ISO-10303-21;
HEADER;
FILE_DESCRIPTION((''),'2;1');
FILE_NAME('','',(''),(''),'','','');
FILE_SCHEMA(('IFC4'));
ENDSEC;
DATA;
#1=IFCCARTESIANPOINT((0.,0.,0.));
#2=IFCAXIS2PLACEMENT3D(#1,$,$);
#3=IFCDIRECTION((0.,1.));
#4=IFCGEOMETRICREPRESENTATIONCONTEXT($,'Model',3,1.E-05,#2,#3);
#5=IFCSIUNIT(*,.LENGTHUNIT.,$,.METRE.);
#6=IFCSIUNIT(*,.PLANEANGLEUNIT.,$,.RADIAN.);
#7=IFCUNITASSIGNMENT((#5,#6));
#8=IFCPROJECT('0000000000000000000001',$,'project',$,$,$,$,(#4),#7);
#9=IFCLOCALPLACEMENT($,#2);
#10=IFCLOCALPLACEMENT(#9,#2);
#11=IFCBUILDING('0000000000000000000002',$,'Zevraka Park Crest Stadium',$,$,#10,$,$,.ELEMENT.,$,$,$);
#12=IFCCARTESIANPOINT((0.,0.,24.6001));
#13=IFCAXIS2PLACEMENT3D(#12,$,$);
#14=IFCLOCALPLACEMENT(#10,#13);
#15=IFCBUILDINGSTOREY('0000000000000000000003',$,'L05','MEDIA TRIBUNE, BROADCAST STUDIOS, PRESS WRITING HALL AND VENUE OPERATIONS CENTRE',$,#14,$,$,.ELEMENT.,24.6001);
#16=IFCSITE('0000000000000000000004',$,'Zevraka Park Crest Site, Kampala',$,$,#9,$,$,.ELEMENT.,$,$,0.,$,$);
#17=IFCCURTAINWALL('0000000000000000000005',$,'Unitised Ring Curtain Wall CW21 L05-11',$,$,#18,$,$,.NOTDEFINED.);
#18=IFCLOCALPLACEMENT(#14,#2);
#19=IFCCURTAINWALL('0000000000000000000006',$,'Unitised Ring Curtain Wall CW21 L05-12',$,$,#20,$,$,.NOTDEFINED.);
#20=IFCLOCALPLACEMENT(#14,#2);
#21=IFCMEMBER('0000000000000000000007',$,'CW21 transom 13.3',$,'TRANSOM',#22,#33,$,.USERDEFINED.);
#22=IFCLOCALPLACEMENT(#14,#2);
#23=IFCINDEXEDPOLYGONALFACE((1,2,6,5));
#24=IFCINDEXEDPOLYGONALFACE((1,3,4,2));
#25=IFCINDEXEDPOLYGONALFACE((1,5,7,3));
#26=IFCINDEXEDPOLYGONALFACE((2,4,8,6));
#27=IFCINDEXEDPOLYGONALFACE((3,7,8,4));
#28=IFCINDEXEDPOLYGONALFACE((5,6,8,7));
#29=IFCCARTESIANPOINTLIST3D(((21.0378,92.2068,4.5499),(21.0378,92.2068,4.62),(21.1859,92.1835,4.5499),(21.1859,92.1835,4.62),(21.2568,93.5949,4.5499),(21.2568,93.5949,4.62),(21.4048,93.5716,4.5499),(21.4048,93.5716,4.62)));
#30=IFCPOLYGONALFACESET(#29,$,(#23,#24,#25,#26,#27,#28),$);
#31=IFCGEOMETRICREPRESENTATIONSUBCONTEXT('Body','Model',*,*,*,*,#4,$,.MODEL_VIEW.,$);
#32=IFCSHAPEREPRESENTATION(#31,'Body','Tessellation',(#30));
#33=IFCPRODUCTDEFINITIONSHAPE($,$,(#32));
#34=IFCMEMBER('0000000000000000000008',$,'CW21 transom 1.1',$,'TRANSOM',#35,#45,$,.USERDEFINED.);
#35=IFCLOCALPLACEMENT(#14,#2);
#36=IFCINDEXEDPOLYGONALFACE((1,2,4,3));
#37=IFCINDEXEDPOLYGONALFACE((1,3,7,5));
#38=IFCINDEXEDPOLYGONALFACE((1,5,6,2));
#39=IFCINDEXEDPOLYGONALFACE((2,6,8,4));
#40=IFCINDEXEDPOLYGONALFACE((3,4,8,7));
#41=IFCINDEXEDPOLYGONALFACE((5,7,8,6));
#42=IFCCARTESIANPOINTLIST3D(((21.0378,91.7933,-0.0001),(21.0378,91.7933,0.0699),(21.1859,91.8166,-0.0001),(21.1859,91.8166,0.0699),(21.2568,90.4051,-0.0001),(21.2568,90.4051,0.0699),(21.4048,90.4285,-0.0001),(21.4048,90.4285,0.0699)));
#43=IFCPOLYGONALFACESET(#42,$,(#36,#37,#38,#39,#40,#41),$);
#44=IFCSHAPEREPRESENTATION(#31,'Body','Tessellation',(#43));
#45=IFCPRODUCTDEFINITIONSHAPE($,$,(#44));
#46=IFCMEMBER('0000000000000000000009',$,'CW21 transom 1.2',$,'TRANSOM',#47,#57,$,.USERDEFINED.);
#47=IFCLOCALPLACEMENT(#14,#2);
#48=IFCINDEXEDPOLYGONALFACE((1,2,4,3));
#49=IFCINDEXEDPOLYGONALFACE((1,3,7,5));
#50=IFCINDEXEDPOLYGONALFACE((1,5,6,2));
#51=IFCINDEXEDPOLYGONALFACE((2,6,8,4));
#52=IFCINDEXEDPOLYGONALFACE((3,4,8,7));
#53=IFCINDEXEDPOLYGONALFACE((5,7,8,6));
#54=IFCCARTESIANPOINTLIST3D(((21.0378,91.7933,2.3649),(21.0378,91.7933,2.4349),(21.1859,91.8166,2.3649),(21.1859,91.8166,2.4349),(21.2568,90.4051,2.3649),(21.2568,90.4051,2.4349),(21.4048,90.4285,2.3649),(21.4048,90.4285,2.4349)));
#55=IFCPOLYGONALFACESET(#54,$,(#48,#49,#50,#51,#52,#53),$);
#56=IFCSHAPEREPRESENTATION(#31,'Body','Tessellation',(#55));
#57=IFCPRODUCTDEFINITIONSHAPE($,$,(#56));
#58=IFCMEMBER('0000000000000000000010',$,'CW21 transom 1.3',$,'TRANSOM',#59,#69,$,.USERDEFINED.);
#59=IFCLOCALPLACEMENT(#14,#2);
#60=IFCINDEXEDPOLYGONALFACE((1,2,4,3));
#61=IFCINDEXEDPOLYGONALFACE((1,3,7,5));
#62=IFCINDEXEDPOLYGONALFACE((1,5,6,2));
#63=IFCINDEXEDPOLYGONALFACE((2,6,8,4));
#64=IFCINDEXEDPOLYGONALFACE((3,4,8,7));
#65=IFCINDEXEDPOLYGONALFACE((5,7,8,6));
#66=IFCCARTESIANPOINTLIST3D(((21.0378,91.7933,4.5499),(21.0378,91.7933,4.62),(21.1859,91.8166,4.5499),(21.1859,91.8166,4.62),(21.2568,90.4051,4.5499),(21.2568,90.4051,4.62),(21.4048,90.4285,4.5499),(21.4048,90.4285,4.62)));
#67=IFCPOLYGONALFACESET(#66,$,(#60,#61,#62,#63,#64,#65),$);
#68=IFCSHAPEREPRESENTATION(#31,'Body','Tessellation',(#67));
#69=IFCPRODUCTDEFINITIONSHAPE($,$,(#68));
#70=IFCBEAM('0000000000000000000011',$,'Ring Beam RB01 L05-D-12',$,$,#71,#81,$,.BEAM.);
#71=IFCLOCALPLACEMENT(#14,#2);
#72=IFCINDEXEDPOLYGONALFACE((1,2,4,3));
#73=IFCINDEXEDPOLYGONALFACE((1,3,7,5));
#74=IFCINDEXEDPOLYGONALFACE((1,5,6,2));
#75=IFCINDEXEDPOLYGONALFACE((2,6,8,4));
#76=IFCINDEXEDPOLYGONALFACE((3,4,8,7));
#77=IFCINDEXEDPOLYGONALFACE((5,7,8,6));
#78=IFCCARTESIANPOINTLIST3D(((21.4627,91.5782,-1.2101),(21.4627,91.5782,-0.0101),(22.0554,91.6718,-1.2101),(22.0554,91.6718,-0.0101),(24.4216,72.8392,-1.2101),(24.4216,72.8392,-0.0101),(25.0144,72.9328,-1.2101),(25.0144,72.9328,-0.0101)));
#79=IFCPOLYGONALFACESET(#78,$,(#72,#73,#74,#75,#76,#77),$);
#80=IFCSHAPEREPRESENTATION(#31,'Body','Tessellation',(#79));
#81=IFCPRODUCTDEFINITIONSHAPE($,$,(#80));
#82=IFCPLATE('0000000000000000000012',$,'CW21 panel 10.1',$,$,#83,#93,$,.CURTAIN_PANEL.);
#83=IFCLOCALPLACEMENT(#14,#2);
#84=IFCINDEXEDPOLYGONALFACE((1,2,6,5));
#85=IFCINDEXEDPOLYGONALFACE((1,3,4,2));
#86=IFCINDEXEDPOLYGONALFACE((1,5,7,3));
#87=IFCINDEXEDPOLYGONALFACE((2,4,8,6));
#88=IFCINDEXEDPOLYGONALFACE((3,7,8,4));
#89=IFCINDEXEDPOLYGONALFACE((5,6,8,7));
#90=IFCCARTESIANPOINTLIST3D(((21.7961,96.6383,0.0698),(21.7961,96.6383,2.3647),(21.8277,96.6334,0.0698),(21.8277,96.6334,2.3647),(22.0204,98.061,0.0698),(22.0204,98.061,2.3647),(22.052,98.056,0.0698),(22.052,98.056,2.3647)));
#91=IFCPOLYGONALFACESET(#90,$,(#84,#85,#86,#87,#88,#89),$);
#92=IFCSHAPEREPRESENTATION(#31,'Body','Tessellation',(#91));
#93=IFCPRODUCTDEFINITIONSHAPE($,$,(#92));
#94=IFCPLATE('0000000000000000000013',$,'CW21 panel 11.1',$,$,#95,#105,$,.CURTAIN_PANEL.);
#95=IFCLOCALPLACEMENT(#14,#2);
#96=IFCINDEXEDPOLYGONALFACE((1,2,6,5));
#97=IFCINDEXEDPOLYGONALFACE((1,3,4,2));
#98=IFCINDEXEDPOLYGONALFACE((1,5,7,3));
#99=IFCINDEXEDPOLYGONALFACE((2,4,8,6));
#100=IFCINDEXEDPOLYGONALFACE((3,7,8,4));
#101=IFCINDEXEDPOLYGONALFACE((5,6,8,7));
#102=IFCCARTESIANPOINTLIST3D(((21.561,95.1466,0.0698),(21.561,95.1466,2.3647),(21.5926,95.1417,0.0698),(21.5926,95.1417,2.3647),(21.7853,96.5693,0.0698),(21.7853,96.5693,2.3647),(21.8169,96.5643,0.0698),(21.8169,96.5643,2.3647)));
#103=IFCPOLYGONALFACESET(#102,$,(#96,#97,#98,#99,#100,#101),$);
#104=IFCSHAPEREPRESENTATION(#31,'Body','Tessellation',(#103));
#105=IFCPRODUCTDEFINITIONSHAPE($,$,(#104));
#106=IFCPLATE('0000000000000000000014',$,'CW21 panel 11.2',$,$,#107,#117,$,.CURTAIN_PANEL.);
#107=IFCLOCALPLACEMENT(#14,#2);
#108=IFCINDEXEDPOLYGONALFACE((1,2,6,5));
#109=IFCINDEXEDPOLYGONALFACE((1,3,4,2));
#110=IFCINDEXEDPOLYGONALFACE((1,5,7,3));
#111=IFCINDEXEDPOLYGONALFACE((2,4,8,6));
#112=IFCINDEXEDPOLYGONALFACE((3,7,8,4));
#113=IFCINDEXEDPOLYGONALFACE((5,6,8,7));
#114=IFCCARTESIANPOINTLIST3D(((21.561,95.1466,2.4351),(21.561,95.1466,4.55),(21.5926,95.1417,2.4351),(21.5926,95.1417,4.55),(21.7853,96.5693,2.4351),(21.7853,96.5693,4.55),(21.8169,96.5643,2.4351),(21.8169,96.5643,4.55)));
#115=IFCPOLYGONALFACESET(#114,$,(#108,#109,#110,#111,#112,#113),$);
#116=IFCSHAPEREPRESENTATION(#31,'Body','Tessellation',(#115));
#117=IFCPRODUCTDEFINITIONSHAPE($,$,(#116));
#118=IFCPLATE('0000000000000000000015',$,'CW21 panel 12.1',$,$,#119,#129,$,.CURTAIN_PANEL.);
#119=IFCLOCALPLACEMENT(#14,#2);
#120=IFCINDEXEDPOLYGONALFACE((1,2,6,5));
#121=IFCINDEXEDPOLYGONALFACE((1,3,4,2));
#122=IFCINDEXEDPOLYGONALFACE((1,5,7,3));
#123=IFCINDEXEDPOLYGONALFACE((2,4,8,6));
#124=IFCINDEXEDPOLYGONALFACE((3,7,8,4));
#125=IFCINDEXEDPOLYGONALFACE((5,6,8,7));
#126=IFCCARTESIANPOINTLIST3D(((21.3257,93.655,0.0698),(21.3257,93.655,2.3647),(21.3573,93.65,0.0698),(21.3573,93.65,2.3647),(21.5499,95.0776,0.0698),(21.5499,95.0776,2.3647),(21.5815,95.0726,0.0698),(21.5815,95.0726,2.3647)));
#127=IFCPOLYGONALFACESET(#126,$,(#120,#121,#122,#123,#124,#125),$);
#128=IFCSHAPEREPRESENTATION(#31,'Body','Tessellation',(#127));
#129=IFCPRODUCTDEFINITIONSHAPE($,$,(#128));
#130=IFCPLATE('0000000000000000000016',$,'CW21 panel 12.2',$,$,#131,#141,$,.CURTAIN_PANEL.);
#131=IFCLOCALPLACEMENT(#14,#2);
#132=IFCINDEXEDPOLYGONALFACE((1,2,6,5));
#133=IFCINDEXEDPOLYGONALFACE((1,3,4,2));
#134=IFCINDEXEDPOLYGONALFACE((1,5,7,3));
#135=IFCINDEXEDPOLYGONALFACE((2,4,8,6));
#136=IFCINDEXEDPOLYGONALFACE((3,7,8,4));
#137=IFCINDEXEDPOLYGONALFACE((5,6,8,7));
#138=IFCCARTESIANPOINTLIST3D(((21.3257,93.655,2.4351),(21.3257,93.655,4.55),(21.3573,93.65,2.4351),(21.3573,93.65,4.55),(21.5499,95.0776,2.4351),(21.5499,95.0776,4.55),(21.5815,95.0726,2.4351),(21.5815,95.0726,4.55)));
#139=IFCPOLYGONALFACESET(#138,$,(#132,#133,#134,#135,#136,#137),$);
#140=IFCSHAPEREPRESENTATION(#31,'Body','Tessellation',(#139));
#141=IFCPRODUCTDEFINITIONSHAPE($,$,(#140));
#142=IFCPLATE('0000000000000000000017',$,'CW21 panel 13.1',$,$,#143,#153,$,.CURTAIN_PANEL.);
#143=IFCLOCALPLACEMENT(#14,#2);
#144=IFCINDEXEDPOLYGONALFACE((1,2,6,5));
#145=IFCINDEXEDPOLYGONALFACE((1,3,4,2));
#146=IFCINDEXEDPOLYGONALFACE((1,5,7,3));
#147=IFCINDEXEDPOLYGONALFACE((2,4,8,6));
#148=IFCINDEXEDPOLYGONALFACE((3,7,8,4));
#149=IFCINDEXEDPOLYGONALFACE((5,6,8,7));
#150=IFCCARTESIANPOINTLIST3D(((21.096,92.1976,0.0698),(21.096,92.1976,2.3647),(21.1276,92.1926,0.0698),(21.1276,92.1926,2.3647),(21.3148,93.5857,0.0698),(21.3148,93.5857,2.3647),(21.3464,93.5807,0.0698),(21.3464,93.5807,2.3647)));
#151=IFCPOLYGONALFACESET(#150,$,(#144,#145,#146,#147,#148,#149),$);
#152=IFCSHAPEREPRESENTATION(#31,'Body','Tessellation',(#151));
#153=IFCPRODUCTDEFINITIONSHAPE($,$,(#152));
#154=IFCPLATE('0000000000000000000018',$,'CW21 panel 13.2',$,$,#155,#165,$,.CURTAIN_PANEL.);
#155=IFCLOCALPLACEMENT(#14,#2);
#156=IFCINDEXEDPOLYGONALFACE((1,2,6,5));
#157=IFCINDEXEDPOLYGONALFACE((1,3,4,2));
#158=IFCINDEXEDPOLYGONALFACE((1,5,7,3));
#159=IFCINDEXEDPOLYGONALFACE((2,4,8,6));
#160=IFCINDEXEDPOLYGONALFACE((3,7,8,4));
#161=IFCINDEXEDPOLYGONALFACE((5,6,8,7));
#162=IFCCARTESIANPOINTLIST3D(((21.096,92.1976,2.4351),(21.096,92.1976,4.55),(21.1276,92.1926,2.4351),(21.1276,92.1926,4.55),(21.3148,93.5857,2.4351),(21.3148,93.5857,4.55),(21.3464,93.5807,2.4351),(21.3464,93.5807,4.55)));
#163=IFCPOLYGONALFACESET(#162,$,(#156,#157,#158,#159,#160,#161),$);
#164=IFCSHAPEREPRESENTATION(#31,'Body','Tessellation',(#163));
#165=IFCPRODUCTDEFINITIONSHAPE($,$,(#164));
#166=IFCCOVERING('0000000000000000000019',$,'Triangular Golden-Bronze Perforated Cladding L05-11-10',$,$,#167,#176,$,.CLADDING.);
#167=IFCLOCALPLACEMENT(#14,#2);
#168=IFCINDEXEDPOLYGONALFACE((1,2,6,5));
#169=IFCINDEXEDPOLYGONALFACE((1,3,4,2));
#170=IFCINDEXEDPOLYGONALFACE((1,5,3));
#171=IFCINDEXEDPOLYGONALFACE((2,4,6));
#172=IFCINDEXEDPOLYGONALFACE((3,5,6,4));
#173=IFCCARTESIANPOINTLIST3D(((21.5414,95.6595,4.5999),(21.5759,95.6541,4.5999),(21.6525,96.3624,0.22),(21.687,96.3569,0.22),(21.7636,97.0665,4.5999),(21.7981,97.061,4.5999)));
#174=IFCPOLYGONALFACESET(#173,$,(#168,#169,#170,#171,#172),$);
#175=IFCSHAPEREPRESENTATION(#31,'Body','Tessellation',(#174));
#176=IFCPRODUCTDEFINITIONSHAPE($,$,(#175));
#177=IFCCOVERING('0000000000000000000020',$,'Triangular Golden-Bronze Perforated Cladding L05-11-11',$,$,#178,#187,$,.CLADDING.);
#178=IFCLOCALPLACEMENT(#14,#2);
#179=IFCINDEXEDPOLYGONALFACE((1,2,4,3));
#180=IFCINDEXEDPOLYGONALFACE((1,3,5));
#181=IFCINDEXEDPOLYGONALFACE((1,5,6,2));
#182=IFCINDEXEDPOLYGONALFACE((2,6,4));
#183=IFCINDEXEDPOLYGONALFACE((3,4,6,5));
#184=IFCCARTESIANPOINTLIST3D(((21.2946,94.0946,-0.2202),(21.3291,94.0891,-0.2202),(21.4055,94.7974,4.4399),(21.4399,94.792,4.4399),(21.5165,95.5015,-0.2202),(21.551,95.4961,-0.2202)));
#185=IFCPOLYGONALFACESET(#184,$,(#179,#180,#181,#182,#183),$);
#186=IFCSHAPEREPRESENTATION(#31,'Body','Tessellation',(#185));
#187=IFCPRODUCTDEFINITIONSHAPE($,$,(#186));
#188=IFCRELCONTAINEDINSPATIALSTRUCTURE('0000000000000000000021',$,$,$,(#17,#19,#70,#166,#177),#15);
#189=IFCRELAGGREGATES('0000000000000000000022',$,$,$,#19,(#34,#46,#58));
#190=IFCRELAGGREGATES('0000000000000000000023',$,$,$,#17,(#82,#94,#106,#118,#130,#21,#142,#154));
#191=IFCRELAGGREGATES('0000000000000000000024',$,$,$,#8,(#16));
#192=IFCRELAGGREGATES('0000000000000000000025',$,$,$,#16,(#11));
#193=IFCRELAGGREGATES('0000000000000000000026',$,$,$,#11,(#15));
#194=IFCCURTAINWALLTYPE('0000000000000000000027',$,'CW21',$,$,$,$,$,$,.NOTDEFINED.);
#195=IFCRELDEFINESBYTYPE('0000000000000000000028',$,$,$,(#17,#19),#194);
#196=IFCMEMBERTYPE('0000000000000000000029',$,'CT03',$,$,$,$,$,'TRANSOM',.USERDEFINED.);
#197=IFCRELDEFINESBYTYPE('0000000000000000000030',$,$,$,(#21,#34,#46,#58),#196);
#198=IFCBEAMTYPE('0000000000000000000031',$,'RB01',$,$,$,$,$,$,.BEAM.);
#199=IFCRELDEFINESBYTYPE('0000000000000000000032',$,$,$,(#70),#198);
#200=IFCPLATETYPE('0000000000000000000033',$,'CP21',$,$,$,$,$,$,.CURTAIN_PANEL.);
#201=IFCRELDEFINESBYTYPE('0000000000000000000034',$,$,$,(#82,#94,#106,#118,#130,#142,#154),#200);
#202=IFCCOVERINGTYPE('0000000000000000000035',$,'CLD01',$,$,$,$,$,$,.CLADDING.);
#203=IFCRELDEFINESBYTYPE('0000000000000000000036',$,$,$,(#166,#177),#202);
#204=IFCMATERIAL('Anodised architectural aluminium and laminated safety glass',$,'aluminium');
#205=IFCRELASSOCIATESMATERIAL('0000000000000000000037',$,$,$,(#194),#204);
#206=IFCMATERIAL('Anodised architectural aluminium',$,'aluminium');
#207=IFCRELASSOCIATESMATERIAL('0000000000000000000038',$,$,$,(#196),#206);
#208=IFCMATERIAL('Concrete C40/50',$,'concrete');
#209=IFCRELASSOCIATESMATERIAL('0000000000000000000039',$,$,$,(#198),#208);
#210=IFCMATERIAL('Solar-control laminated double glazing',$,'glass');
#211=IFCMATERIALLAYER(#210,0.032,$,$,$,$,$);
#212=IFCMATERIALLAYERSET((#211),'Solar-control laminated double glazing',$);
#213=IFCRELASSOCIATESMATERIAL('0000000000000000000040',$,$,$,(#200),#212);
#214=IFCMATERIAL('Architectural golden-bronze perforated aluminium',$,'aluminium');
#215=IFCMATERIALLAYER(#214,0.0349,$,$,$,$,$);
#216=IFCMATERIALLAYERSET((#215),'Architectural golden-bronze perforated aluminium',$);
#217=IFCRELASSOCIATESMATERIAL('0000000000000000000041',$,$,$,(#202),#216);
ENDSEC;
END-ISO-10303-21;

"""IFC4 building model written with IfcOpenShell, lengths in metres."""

from ifc_helpers import new_model, si_unit, direction, frame, origin, origin_2d, place, context, subcontext, project, spatial, polyline, rectangle, outline, extrude, material, layer, layer_set, material_profile, profile_set, type_object, element, aggregate, save


model = new_model("IFC4")

# Units and contexts
model_context = context("Model", 3, precision=1e-05, world=origin(), true_north=direction((0.0, 1.0)))
body_context = subcontext(model_context, "Body", "Model", "MODEL_VIEW")
ifc_project = project(units=[si_unit("LENGTHUNIT", "METRE"), si_unit("PLANEANGLEUNIT", "RADIAN")], contexts=[model_context])

# Site, building, storey
site_placement = place(None, origin())
site = spatial("IfcSite", under=ifc_project, at=site_placement, Name="Zevraka Park Crest Site, Kampala", CompositionType="ELEMENT", RefElevation=0.0)
building_placement = place(site_placement, origin())
building = spatial("IfcBuilding", under=site, at=building_placement, Name="Zevraka Park Crest Stadium", CompositionType="ELEMENT")
storey_placement = place(building_placement, frame((0.0, 0.0, 24.6001)))
storey = spatial("IfcBuildingStorey", under=building, at=storey_placement, Name="L05", Description="MEDIA TRIBUNE, BROADCAST STUDIOS, PRESS WRITING HALL AND VENUE OPERATIONS CENTRE", CompositionType="ELEMENT", Elevation=24.6001)

# Curtain wall
ifc_material_1 = material(Name="Anodised architectural aluminium and laminated safety glass", Category="aluminium")
curtain_wall_type = type_object("IfcCurtainWallType", Name="CW21", PredefinedType="NOTDEFINED", material=ifc_material_1)
curtain_wall_1_placement = place(storey_placement, origin())
curtain_wall_1 = element("IfcCurtainWall", 1, at=curtain_wall_1_placement, inside=storey, type_object=curtain_wall_type, Name="Unitised Ring Curtain Wall CW21 L05-11", PredefinedType="NOTDEFINED")

# Curtain wall
curtain_wall_2_placement = place(storey_placement, origin())
curtain_wall_2 = element("IfcCurtainWall", 2, at=curtain_wall_2_placement, inside=storey, type_object=curtain_wall_type, Name="Unitised Ring Curtain Wall CW21 L05-12", PredefinedType="NOTDEFINED")

# Members
ifc_material_2 = material(Name="Anodised architectural aluminium", Category="aluminium")
ifc_material_profile_1 = material_profile(ifc_material_2, rectangle(XDim=0.1499, YDim=0.0701, at=origin_2d()), Name="ALU TRANSOM 150x70")
ifc_profile_set_1 = profile_set([ifc_material_profile_1], Name="Anodised architectural aluminium")
member_type_1 = type_object("IfcMemberType", Name="CT03", ElementType="TRANSOM", PredefinedType="USERDEFINED", material=ifc_profile_set_1)
member_1_placement = place(storey_placement, frame((21.3308, 93.5833, 4.585), z_axis=(-0.155829, -0.987784, 0.0), x_axis=(0.987784, -0.155829, 0.0)))
member_1 = element("IfcMember", 3, at=member_1_placement, type_object=member_type_1, Name="CW21 transom 13.3", ObjectType="TRANSOM", PredefinedType="USERDEFINED", context=body_context, shape_type="SweptSolid", body=[
    extrude(rectangle(XDim=0.1499, YDim=0.0701, at=origin_2d()), origin(), (0.0, 0.0, 1.0), 1.4053),
])
member_2_placement = place(storey_placement, frame((21.1118, 91.8049, 0.0349), z_axis=(0.155829, -0.987784, 0.0), x_axis=(0.987784, 0.155829, 0.0)))
member_2 = element("IfcMember", 4, at=member_2_placement, type_object=member_type_1, Name="CW21 transom 1.1", ObjectType="TRANSOM", PredefinedType="USERDEFINED", context=body_context, shape_type="SweptSolid", body=[
    extrude(rectangle(XDim=0.1499, YDim=0.0701, at=origin_2d()), origin(), (0.0, 0.0, 1.0), 1.4053),
])
member_3_placement = place(storey_placement, frame((21.1118, 91.8049, 2.3999), z_axis=(0.155829, -0.987784, 0.0), x_axis=(0.987784, 0.155829, 0.0)))
member_3 = element("IfcMember", 5, at=member_3_placement, type_object=member_type_1, Name="CW21 transom 1.2", ObjectType="TRANSOM", PredefinedType="USERDEFINED", context=body_context, shape_type="SweptSolid", body=[
    extrude(rectangle(XDim=0.1499, YDim=0.0701, at=origin_2d()), origin(), (0.0, 0.0, 1.0), 1.4053),
])
member_4_placement = place(storey_placement, frame((21.1118, 91.8049, 4.585), z_axis=(0.155829, -0.987784, 0.0), x_axis=(0.987784, 0.155829, 0.0)))
member_4 = element("IfcMember", 6, at=member_4_placement, type_object=member_type_1, Name="CW21 transom 1.3", ObjectType="TRANSOM", PredefinedType="USERDEFINED", context=body_context, shape_type="SweptSolid", body=[
    extrude(rectangle(XDim=0.1499, YDim=0.0701, at=origin_2d()), origin(), (0.0, 0.0, 1.0), 1.4053),
])
aggregate(curtain_wall_2, [member_2, member_3, member_4])

# Beam
ifc_material_3 = material(Name="Concrete C40/50", Category="concrete")
ifc_material_profile_2 = material_profile(ifc_material_3, rectangle(XDim=0.6001, YDim=1.2, at=origin_2d()), Name="RC 1200x600")
ifc_profile_set_2 = profile_set([ifc_material_profile_2], Name="Concrete C40/50")
beam_type = type_object("IfcBeamType", Name="RB01", PredefinedType="BEAM", material=ifc_profile_set_2)
beam_placement = place(storey_placement, frame((21.759, 91.625, -0.6101), z_axis=(0.155972, -0.987761, 0.0), x_axis=(0.987761, 0.155972, 0.0)))
element("IfcBeam", 7, at=beam_placement, inside=storey, type_object=beam_type, Name="Ring Beam RB01 L05-D-12", PredefinedType="BEAM", context=body_context, shape_type="SweptSolid", body=[
    extrude(rectangle(XDim=0.6001, YDim=1.2, at=origin_2d()), origin(), (0.0, 0.0, 1.0), 18.9712),
])

# Plates
ifc_material_4 = material(Name="Solar-control laminated double glazing", Category="glass")
ifc_layer_1 = layer(ifc_material_4, 0.032)
ifc_layer_set_1 = layer_set([ifc_layer_1], Name="Solar-control laminated double glazing")
plate_type = type_object("IfcPlateType", Name="CP21", PredefinedType="CURTAIN_PANEL", material=ifc_layer_set_1)
plate_1_placement = place(storey_placement, frame((21.9241, 97.3472, 0.0698), z_axis=(0.0, 0.0, 1.0), x_axis=(-0.155711, -0.987803, 0.0)))
plate_1 = element("IfcPlate", 8, at=plate_1_placement, type_object=plate_type, Name="CW21 panel 10.1", PredefinedType="CURTAIN_PANEL", context=body_context, shape_type="SweptSolid", body=[
    extrude(rectangle(XDim=1.4402, YDim=0.032, at=origin_2d()), origin(), (0.0, 0.0, 1.0), 2.2949),
])
plate_2_placement = place(storey_placement, frame((21.689, 95.8555, 0.0698), z_axis=(0.0, 0.0, 1.0), x_axis=(-0.155711, -0.987803, 0.0)))
plate_2 = element("IfcPlate", 9, at=plate_2_placement, type_object=plate_type, Name="CW21 panel 11.1", PredefinedType="CURTAIN_PANEL", context=body_context, shape_type="SweptSolid", body=[
    extrude(rectangle(XDim=1.4402, YDim=0.032, at=origin_2d()), origin(), (0.0, 0.0, 1.0), 2.2949),
])
plate_3_placement = place(storey_placement, frame((21.689, 95.8555, 2.4351), z_axis=(0.0, 0.0, 1.0), x_axis=(-0.155711, -0.987803, 0.0)))
plate_3 = element("IfcPlate", 10, at=plate_3_placement, type_object=plate_type, Name="CW21 panel 11.2", PredefinedType="CURTAIN_PANEL", context=body_context, shape_type="SweptSolid", body=[
    extrude(rectangle(XDim=1.4402, YDim=0.032, at=origin_2d()), origin(), (0.0, 0.0, 1.0), 2.115),
])
plate_4_placement = place(storey_placement, frame((21.4536, 94.3638, 0.0698), z_axis=(0.0, 0.0, 1.0), x_axis=(-0.155711, -0.987803, 0.0)))
plate_4 = element("IfcPlate", 11, at=plate_4_placement, type_object=plate_type, Name="CW21 panel 12.1", PredefinedType="CURTAIN_PANEL", context=body_context, shape_type="SweptSolid", body=[
    extrude(rectangle(XDim=1.4402, YDim=0.032, at=origin_2d()), origin(), (0.0, 0.0, 1.0), 2.2949),
])
plate_5_placement = place(storey_placement, frame((21.4536, 94.3638, 2.4351), z_axis=(0.0, 0.0, 1.0), x_axis=(-0.155711, -0.987803, 0.0)))
plate_5 = element("IfcPlate", 12, at=plate_5_placement, type_object=plate_type, Name="CW21 panel 12.2", PredefinedType="CURTAIN_PANEL", context=body_context, shape_type="SweptSolid", body=[
    extrude(rectangle(XDim=1.4402, YDim=0.032, at=origin_2d()), origin(), (0.0, 0.0, 1.0), 2.115),
])
plate_6_placement = place(storey_placement, frame((21.2212, 92.8892, 0.0698), z_axis=(0.0, 0.0, 1.0), x_axis=(-0.155711, -0.987803, 0.0)))
plate_6 = element("IfcPlate", 13, at=plate_6_placement, type_object=plate_type, Name="CW21 panel 13.1", PredefinedType="CURTAIN_PANEL", context=body_context, shape_type="SweptSolid", body=[
    extrude(rectangle(XDim=1.4053, YDim=0.032, at=origin_2d()), origin(), (0.0, 0.0, 1.0), 2.2949),
])
plate_7_placement = place(storey_placement, frame((21.2212, 92.8892, 2.4351), z_axis=(0.0, 0.0, 1.0), x_axis=(-0.155711, -0.987803, 0.0)))
plate_7 = element("IfcPlate", 14, at=plate_7_placement, type_object=plate_type, Name="CW21 panel 13.2", PredefinedType="CURTAIN_PANEL", context=body_context, shape_type="SweptSolid", body=[
    extrude(rectangle(XDim=1.4053, YDim=0.032, at=origin_2d()), origin(), (0.0, 0.0, 1.0), 2.115),
])
aggregate(curtain_wall_1, [plate_1, plate_2, plate_3, plate_4, plate_5, member_1, plate_6, plate_7])

# Coverings
ifc_material_5 = material(Name="Architectural golden-bronze perforated aluminium", Category="aluminium")
ifc_layer_2 = layer(ifc_material_5, 0.0349)
ifc_layer_set_2 = layer_set([ifc_layer_2], Name="Architectural golden-bronze perforated aluminium")
covering_type = type_object("IfcCoveringType", Name="CLD01", PredefinedType="CLADDING", material=ifc_layer_set_2)
covering_1_placement = place(storey_placement, frame((21.5759, 95.6541, 4.5999), z_axis=(0.987762, -0.155971, 0.000022), x_axis=(0.155971, 0.987762, 0.0)))
element("IfcCovering", 15, at=covering_1_placement, inside=storey, type_object=covering_type, Name="Triangular Golden-Bronze Perforated Cladding L05-11-10", PredefinedType="CLADDING", context=body_context, shape_type="SweptSolid", body=[
    extrude(outline(polyline([(0.0, 0.0), (1.4244, 0.0), (0.7116, -4.3799), (0.0, 0.0)])), origin(), (0.0, 0.0, -1.0), 0.0349),
])
covering_2_placement = place(storey_placement, frame((21.551, 95.4961, -0.2202), z_axis=(0.987788, -0.155804, 0.000005), x_axis=(-0.155804, -0.987788, 0.0)))
element("IfcCovering", 16, at=covering_2_placement, inside=storey, type_object=covering_type, Name="Triangular Golden-Bronze Perforated Cladding L05-11-11", PredefinedType="CLADDING", context=body_context, shape_type="SweptSolid", body=[
    extrude(outline(polyline([(0.0, 0.0), (1.4244, 0.0), (0.7128, -4.6602), (0.0, 0.0)])), origin(), (0.0, 0.0, -1.0), 0.0349),
])

save(model, "model.ifc")
